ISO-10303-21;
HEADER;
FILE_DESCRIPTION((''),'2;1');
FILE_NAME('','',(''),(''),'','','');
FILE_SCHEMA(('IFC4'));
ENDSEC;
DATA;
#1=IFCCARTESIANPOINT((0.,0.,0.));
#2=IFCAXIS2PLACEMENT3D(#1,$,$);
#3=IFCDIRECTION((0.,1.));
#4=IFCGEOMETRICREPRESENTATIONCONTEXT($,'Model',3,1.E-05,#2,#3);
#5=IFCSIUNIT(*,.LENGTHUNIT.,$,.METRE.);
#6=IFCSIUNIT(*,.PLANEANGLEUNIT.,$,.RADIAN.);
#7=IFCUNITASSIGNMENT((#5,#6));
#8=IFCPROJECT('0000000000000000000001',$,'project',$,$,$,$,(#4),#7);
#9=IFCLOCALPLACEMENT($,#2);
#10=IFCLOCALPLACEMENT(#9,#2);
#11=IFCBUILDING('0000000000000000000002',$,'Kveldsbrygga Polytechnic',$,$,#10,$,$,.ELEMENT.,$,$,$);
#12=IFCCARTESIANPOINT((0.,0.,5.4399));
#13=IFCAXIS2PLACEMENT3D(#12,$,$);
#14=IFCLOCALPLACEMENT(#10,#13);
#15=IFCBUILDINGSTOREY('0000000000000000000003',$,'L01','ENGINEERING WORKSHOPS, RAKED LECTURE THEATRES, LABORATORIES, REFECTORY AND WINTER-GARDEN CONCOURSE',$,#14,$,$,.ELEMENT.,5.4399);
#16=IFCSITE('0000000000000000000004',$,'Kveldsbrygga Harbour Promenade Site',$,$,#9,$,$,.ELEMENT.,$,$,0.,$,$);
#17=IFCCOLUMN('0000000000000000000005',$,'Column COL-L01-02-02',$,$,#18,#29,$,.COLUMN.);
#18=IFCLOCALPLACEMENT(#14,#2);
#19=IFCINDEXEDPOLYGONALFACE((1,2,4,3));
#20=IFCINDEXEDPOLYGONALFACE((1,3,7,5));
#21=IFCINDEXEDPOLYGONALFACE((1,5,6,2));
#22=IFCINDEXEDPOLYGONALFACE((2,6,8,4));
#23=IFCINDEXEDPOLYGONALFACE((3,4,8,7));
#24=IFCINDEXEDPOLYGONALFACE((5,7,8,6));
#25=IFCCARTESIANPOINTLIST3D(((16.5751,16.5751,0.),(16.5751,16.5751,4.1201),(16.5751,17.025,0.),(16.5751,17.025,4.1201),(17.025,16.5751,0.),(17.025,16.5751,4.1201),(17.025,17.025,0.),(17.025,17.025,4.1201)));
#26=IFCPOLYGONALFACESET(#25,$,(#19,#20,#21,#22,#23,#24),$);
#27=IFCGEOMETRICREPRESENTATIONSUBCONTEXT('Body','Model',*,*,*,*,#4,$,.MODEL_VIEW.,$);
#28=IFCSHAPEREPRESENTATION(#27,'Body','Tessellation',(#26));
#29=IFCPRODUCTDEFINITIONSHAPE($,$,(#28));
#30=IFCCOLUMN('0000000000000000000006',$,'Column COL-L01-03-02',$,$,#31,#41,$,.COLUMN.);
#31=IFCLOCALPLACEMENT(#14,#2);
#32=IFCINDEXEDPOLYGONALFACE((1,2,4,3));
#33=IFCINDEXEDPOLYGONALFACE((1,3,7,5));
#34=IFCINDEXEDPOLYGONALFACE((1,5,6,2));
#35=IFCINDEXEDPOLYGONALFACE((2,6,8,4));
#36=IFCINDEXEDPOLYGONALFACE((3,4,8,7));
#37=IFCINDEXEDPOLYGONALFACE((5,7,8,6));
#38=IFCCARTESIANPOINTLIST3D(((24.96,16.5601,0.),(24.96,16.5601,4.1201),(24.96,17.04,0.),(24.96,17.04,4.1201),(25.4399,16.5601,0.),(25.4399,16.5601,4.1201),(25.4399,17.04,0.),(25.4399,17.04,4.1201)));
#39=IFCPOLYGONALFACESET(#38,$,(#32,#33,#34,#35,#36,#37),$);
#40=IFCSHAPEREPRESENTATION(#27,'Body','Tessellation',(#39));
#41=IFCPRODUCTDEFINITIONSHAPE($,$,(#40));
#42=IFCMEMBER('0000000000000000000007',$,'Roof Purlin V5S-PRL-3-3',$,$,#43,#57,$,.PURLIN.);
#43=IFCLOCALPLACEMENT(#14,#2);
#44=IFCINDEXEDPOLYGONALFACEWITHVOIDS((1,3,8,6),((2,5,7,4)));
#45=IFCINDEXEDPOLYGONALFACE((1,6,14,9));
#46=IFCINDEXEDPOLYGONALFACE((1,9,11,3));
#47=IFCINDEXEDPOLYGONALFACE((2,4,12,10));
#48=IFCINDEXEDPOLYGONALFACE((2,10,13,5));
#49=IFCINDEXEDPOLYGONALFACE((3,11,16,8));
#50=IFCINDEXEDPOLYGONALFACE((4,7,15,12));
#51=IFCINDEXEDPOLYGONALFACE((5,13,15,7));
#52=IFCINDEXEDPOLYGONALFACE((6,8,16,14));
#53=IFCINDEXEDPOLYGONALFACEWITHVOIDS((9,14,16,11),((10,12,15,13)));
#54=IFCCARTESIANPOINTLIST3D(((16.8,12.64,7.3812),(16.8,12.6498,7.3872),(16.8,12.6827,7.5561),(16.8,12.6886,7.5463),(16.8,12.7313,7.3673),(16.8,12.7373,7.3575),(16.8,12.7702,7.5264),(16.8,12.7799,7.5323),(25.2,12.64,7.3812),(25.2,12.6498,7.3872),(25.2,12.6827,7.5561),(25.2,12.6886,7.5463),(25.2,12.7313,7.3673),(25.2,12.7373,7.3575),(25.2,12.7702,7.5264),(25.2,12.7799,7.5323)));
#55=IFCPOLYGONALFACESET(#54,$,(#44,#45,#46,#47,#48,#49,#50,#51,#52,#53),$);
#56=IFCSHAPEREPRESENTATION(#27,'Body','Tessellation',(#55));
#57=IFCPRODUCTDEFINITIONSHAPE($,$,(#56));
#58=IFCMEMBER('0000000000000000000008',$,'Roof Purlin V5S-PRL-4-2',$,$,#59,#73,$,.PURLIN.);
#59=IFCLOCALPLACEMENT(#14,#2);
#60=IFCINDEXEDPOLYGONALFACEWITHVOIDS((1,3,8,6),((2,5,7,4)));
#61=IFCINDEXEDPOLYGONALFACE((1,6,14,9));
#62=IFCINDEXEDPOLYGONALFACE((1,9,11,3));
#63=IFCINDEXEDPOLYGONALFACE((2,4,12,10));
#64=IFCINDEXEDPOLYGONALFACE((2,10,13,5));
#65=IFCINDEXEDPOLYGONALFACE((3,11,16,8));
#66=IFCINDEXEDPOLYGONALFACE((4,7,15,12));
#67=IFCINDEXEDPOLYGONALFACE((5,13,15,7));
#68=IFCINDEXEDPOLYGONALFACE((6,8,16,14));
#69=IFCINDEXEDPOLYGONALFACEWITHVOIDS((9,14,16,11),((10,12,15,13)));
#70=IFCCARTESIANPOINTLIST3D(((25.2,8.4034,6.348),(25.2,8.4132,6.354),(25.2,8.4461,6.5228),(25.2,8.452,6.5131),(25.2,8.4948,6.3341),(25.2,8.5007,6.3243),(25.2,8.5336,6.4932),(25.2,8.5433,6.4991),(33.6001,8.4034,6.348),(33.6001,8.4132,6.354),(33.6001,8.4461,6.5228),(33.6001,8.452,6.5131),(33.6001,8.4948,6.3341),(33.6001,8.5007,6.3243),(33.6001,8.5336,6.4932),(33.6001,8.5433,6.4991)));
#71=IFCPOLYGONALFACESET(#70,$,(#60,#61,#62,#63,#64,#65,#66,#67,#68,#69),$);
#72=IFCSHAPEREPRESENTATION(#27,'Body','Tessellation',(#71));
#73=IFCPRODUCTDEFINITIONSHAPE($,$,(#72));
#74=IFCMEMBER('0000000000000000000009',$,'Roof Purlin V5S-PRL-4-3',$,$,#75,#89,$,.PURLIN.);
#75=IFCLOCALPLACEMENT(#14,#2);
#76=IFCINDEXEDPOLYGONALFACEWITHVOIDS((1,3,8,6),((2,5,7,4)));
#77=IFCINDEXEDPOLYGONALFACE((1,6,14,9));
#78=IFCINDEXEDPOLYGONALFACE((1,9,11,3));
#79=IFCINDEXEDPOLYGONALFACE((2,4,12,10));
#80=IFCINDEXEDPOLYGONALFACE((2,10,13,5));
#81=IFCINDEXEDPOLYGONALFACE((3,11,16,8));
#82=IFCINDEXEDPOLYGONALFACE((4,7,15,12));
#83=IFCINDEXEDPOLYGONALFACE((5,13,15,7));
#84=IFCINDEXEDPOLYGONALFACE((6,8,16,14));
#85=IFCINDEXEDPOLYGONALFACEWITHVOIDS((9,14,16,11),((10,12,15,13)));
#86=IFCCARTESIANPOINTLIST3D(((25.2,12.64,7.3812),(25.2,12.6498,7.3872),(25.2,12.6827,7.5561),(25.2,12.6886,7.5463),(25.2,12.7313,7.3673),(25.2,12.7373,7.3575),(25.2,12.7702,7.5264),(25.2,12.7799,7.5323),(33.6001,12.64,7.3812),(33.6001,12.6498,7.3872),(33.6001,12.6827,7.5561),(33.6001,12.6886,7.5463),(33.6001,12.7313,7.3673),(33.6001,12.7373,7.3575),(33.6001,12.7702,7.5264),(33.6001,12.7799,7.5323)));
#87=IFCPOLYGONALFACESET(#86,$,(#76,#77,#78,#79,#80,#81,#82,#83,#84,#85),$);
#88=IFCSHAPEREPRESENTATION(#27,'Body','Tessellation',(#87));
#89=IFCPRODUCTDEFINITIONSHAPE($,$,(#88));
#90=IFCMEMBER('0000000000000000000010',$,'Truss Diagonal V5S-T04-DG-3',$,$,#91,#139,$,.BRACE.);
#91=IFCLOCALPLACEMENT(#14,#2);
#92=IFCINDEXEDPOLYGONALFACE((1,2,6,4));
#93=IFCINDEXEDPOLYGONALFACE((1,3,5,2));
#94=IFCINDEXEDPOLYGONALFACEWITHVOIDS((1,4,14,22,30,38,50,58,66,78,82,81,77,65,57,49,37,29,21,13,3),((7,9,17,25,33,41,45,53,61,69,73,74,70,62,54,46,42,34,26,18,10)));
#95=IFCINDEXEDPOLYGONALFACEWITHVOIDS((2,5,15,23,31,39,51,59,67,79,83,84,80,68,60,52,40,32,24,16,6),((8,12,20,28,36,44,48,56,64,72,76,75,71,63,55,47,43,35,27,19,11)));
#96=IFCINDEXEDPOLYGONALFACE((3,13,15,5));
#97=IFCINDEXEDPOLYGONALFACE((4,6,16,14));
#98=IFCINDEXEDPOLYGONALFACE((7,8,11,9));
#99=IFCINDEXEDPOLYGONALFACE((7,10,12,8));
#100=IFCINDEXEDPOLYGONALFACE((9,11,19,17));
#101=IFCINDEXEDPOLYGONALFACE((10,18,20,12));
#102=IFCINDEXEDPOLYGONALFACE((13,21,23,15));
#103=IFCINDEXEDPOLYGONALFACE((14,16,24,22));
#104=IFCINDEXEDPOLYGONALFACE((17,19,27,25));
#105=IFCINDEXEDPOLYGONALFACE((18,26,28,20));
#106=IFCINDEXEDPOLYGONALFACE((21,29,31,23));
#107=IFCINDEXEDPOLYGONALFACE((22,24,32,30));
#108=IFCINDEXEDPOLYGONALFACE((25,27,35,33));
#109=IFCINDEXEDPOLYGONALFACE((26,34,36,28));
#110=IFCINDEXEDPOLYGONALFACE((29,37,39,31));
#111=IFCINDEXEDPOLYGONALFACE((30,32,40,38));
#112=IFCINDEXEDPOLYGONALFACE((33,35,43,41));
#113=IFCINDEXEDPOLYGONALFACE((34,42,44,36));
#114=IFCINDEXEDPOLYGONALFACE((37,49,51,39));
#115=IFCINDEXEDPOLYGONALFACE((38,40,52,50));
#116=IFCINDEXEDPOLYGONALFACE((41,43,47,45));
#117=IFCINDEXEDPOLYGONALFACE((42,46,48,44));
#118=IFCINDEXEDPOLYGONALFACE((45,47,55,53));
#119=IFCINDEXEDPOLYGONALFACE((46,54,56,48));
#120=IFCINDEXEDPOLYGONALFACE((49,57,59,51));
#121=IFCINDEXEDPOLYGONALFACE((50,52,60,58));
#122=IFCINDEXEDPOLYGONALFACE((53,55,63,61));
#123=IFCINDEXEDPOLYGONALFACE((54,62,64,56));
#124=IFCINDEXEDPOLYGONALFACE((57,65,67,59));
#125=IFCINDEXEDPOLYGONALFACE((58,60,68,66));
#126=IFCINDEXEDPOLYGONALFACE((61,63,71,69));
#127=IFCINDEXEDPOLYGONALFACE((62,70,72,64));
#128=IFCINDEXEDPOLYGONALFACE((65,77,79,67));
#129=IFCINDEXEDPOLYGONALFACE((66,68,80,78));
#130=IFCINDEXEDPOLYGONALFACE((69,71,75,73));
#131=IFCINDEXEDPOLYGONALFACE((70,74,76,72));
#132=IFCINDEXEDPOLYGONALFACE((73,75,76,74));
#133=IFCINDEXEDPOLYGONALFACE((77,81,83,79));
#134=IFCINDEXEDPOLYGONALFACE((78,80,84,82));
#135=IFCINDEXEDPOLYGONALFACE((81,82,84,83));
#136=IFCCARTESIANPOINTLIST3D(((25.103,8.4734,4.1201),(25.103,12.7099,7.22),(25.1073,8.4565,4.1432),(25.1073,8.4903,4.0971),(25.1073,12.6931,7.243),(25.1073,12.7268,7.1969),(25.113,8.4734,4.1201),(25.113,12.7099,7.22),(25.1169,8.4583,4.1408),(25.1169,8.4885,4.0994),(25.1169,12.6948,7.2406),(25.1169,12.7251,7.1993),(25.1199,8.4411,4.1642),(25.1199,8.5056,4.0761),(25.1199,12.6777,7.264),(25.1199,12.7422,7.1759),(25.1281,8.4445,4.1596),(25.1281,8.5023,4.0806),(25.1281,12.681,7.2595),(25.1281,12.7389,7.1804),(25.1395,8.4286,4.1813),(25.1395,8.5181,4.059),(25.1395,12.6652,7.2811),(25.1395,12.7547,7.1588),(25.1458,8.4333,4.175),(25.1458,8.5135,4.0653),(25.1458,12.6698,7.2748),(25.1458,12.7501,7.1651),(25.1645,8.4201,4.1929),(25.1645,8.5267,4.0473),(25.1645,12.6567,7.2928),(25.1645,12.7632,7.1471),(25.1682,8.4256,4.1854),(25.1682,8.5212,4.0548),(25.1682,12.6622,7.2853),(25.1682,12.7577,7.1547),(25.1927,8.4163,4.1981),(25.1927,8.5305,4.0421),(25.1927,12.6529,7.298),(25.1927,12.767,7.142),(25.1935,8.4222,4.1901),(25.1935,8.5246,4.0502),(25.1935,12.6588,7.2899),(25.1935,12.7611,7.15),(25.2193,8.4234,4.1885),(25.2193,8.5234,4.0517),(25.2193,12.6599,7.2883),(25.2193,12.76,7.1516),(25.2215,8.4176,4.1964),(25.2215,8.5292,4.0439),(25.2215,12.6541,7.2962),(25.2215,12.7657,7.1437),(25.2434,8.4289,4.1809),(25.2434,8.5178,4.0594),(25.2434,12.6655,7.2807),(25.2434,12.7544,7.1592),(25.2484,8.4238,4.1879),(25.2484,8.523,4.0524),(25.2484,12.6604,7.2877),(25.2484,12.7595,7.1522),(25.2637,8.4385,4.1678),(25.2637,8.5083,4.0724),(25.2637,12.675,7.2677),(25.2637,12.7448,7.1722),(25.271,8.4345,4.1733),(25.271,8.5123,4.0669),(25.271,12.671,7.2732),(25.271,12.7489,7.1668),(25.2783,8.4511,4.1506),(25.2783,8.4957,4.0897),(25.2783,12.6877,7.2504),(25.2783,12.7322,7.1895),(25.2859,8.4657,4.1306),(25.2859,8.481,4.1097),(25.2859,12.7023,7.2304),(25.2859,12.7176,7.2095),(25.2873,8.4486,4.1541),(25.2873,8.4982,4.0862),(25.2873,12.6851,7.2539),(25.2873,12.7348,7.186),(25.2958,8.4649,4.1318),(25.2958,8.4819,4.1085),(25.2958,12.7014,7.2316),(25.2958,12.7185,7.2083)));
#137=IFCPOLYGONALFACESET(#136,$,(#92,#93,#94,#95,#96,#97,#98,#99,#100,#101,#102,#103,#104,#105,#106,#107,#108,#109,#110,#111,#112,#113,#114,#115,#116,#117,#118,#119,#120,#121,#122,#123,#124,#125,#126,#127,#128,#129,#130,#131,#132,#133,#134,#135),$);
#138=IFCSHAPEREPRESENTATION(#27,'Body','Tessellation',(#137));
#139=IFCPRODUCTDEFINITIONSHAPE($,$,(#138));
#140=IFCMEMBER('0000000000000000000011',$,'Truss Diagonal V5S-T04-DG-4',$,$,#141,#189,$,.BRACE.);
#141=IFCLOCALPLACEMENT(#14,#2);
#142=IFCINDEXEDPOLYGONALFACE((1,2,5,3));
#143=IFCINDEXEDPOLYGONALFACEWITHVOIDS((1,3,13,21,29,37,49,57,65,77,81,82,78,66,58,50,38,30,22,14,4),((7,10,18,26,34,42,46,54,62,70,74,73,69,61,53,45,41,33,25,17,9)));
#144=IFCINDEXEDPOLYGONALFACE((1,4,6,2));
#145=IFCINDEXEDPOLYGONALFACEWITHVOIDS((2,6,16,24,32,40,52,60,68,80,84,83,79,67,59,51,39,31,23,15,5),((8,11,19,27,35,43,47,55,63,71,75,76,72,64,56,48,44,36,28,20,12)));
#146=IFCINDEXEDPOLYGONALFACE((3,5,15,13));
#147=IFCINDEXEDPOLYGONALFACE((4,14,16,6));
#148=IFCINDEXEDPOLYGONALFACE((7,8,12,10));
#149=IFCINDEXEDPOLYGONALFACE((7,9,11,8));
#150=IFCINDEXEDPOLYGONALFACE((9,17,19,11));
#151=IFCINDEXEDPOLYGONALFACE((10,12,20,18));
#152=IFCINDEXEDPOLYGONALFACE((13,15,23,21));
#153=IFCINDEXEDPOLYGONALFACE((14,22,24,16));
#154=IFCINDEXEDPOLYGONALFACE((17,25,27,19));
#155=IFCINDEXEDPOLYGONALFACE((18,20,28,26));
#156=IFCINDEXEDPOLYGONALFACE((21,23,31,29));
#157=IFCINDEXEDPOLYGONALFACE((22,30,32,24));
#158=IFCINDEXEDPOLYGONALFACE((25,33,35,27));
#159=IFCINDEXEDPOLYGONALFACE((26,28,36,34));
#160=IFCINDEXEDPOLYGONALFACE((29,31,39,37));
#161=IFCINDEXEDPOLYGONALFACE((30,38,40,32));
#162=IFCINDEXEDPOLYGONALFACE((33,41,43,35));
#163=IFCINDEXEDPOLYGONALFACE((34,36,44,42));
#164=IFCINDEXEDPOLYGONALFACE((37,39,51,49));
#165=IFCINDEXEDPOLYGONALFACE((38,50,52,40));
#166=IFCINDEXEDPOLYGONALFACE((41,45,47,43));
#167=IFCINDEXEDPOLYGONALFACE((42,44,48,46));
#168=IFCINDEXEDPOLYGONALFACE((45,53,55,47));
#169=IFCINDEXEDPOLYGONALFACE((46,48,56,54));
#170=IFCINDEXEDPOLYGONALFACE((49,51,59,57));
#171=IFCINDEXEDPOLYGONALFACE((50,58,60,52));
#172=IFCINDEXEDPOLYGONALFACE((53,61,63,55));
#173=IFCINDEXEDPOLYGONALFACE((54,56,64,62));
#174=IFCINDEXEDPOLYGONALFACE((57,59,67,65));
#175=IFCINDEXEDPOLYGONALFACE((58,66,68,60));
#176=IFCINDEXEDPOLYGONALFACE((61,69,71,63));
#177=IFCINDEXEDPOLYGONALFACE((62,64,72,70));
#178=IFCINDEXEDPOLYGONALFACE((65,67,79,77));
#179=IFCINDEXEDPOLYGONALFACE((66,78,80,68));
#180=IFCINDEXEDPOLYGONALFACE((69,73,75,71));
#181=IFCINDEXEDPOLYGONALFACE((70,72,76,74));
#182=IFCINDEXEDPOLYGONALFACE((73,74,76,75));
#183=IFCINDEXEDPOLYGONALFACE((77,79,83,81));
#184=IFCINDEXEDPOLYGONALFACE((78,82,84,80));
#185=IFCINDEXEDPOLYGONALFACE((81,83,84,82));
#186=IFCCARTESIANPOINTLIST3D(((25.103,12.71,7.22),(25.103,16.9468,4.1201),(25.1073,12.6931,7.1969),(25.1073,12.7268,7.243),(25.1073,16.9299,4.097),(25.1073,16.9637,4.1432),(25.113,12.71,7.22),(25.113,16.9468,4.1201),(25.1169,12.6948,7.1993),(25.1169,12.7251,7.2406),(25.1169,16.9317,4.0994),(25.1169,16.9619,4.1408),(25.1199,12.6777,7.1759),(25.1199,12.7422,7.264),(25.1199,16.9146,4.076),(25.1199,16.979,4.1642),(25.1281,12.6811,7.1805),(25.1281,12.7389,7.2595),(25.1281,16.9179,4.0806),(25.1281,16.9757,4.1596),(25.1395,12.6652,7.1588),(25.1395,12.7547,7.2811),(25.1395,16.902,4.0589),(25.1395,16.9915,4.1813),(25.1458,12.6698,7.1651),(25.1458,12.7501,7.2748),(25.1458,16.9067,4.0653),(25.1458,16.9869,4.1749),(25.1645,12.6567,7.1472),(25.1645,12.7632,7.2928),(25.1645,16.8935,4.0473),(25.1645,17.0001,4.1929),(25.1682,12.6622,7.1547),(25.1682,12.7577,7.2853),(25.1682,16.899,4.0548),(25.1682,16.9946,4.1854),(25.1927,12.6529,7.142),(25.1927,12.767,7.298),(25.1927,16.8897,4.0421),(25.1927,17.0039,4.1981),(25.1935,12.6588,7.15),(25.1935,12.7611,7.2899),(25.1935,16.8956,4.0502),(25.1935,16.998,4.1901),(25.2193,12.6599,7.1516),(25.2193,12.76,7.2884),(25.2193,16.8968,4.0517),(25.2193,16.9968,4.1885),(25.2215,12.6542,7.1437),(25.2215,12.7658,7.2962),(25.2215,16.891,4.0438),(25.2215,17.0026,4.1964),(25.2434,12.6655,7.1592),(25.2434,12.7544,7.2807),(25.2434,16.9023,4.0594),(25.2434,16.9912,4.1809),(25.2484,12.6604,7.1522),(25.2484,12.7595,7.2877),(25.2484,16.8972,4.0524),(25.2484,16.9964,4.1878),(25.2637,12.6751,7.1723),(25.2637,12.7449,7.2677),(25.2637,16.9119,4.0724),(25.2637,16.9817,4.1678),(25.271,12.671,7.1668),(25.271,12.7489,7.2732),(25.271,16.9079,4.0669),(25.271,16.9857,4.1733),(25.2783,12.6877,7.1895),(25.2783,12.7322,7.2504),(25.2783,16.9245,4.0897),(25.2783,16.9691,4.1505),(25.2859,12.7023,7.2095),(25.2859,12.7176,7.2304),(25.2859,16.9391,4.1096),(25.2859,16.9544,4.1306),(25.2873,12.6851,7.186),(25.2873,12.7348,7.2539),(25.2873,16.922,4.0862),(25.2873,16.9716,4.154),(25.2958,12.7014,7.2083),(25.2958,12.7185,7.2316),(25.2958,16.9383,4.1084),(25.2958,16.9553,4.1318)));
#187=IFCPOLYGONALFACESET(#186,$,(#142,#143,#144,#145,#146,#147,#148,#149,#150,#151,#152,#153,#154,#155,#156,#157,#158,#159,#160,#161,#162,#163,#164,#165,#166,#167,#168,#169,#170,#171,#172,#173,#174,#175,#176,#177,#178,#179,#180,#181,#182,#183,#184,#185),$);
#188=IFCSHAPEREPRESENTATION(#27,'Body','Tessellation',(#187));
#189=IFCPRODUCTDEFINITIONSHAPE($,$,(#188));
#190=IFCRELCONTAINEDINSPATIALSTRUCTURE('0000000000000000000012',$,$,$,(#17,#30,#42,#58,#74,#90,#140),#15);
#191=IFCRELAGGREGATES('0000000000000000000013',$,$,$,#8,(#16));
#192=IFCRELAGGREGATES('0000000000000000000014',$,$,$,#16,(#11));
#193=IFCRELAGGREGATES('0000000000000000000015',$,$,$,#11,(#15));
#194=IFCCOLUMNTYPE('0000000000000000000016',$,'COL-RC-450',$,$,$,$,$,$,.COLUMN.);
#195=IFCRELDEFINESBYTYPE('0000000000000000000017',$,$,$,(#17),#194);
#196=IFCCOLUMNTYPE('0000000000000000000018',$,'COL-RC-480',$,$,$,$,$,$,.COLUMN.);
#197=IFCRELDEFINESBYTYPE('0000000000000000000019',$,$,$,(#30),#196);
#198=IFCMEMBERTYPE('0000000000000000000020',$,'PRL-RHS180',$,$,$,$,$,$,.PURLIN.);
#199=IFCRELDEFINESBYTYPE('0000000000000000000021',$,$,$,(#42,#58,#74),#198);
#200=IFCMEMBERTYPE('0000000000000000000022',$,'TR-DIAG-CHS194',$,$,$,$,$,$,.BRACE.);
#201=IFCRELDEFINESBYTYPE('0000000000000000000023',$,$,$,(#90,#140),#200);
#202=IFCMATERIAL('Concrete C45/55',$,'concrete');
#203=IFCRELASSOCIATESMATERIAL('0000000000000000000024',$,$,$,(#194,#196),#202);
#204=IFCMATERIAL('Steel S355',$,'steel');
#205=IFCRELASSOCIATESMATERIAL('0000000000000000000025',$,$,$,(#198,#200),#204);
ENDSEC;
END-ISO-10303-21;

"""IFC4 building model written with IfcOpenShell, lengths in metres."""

from ifc_helpers import new_model, si_unit, direction, frame, origin, origin_2d, place, context, subcontext, project, spatial, rectangle, hollow_rectangle, hollow_circle, extrude, material, material_profile, profile_set, type_object, element, save


model = new_model("IFC4")

# Units and contexts
model_context = context("Model", 3, precision=1e-05, world=origin(), true_north=direction((0.0, 1.0)))
body_context = subcontext(model_context, "Body", "Model", "MODEL_VIEW")
ifc_project = project(units=[si_unit("LENGTHUNIT", "METRE"), si_unit("PLANEANGLEUNIT", "RADIAN")], contexts=[model_context])

# Site, building, storey
site_placement = place(None, origin())
site = spatial("IfcSite", under=ifc_project, at=site_placement, Name="Kveldsbrygga Harbour Promenade Site", CompositionType="ELEMENT", RefElevation=0.0)
building_placement = place(site_placement, origin())
building = spatial("IfcBuilding", under=site, at=building_placement, Name="Kveldsbrygga Polytechnic", CompositionType="ELEMENT")
storey_placement = place(building_placement, frame((0.0, 0.0, 5.4399)))
storey = spatial("IfcBuildingStorey", under=building, at=storey_placement, Name="L01", Description="ENGINEERING WORKSHOPS, RAKED LECTURE THEATRES, LABORATORIES, REFECTORY AND WINTER-GARDEN CONCOURSE", CompositionType="ELEMENT", Elevation=5.4399)

# Columns
ifc_material_1 = material(Name="Concrete C45/55", Category="concrete")
ifc_material_profile_1 = material_profile(ifc_material_1, rectangle(XDim=0.45, YDim=0.45, at=origin_2d()), Name="RC 450x450")
ifc_profile_set_1 = profile_set([ifc_material_profile_1], Name="Concrete C45/55")
column_type_1 = type_object("IfcColumnType", Name="COL-RC-450", PredefinedType="COLUMN", material=ifc_profile_set_1)
column_1_placement = place(storey_placement, frame((16.8, 16.8, 0.0), z_axis=(0.0, 0.0, 1.0), x_axis=(1.0, 0.0, 0.0)))
element("IfcColumn", 1, at=column_1_placement, inside=storey, type_object=column_type_1, Name="Column COL-L01-02-02", PredefinedType="COLUMN", context=body_context, shape_type="SweptSolid", body=[
    extrude(rectangle(XDim=0.45, YDim=0.45, at=origin_2d()), origin(), (0.0, 0.0, 1.0), 4.1201),
])
ifc_material_profile_2 = material_profile(ifc_material_1, rectangle(XDim=0.48, YDim=0.48, at=origin_2d()), Name="RC 480x480")
ifc_profile_set_2 = profile_set([ifc_material_profile_2], Name="Concrete C45/55")
column_type_2 = type_object("IfcColumnType", Name="COL-RC-480", PredefinedType="COLUMN", material=ifc_profile_set_2)
column_2_placement = place(storey_placement, frame((25.2, 16.8, 0.0), z_axis=(0.0, 0.0, 1.0), x_axis=(1.0, 0.0, 0.0)))
element("IfcColumn", 2, at=column_2_placement, inside=storey, type_object=column_type_2, Name="Column COL-L01-03-02", PredefinedType="COLUMN", context=body_context, shape_type="SweptSolid", body=[
    extrude(rectangle(XDim=0.48, YDim=0.48, at=origin_2d()), origin(), (0.0, 0.0, 1.0), 4.1201),
])

# Members
ifc_material_2 = material(Name="Steel S355", Category="steel")
ifc_material_profile_3 = material_profile(ifc_material_2, hollow_rectangle(XDim=0.1001, YDim=0.1799, WallThickness=0.0081, at=origin_2d()), Name="RHS 180x100x8.0")
ifc_profile_set_3 = profile_set([ifc_material_profile_3], Name="Steel S355")
member_type_1 = type_object("IfcMemberType", Name="PRL-RHS180", PredefinedType="PURLIN", material=ifc_profile_set_3)
member_1_placement = place(storey_placement, frame((16.8, 12.71, 7.4568), z_axis=(1.0, 0.0, 0.0), x_axis=(0.0, 0.97152, -0.236957)))
element("IfcMember", 3, at=member_1_placement, inside=storey, type_object=member_type_1, Name="Roof Purlin V5S-PRL-3-3", PredefinedType="PURLIN", context=body_context, shape_type="SweptSolid", body=[
    extrude(hollow_rectangle(XDim=0.1001, YDim=0.1799, WallThickness=0.0081, at=origin_2d()), origin(), (0.0, 0.0, 1.0), 8.3999),
])
for number, where, z_axis, x_axis, name in (
    (4, (25.2, 8.4734, 6.4236), (1.0, 0.0, 0.0), (0.0, 0.97152, -0.236957), "Roof Purlin V5S-PRL-4-2"),
    (5, (25.2, 12.71, 7.4568), (1.0, 0.0, 0.0), (0.0, 0.97152, -0.236957), "Roof Purlin V5S-PRL-4-3"),
):
    element("IfcMember", number, at=place(storey_placement, frame(where, z_axis=z_axis, x_axis=x_axis)), inside=storey, type_object=member_type_1, Name=name, PredefinedType="PURLIN", context=body_context, shape_type="SweptSolid", body=[
        extrude(hollow_rectangle(XDim=0.1001, YDim=0.1799, WallThickness=0.0081, at=origin_2d()), origin(), (0.0, 0.0, 1.0), 8.4001),
    ])
ifc_material_profile_4 = material_profile(ifc_material_2, hollow_circle(Radius=0.0969, WallThickness=0.01, at=origin_2d()), Name="CHS 193.7x10.0")
ifc_profile_set_4 = profile_set([ifc_material_profile_4], Name="Steel S355")
member_type_2 = type_object("IfcMemberType", Name="TR-DIAG-CHS194", PredefinedType="BRACE", material=ifc_profile_set_4)
member_2_placement = place(storey_placement, frame((25.2, 8.4734, 4.1201), z_axis=(0.0, 0.807037, 0.5905), x_axis=(-1.0, 0.0, 0.0)))
element("IfcMember", 6, at=member_2_placement, inside=storey, type_object=member_type_2, Name="Truss Diagonal V5S-T04-DG-3", PredefinedType="BRACE", context=body_context, shape_type="SweptSolid", body=[
    extrude(hollow_circle(Radius=0.0969, WallThickness=0.01, at=origin_2d()), origin(), (0.0, 0.0, 1.0), 5.2495),
])
member_3_placement = place(storey_placement, frame((25.2, 12.71, 7.22), z_axis=(0.0, 0.807054, -0.590478), x_axis=(-1.0, 0.0, 0.0)))
element("IfcMember", 7, at=member_3_placement, inside=storey, type_object=member_type_2, Name="Truss Diagonal V5S-T04-DG-4", PredefinedType="BRACE", context=body_context, shape_type="SweptSolid", body=[
    extrude(hollow_circle(Radius=0.0969, WallThickness=0.01, at=origin_2d()), origin(), (0.0, 0.0, 1.0), 5.2498),
])

save(model, "model.ifc")
